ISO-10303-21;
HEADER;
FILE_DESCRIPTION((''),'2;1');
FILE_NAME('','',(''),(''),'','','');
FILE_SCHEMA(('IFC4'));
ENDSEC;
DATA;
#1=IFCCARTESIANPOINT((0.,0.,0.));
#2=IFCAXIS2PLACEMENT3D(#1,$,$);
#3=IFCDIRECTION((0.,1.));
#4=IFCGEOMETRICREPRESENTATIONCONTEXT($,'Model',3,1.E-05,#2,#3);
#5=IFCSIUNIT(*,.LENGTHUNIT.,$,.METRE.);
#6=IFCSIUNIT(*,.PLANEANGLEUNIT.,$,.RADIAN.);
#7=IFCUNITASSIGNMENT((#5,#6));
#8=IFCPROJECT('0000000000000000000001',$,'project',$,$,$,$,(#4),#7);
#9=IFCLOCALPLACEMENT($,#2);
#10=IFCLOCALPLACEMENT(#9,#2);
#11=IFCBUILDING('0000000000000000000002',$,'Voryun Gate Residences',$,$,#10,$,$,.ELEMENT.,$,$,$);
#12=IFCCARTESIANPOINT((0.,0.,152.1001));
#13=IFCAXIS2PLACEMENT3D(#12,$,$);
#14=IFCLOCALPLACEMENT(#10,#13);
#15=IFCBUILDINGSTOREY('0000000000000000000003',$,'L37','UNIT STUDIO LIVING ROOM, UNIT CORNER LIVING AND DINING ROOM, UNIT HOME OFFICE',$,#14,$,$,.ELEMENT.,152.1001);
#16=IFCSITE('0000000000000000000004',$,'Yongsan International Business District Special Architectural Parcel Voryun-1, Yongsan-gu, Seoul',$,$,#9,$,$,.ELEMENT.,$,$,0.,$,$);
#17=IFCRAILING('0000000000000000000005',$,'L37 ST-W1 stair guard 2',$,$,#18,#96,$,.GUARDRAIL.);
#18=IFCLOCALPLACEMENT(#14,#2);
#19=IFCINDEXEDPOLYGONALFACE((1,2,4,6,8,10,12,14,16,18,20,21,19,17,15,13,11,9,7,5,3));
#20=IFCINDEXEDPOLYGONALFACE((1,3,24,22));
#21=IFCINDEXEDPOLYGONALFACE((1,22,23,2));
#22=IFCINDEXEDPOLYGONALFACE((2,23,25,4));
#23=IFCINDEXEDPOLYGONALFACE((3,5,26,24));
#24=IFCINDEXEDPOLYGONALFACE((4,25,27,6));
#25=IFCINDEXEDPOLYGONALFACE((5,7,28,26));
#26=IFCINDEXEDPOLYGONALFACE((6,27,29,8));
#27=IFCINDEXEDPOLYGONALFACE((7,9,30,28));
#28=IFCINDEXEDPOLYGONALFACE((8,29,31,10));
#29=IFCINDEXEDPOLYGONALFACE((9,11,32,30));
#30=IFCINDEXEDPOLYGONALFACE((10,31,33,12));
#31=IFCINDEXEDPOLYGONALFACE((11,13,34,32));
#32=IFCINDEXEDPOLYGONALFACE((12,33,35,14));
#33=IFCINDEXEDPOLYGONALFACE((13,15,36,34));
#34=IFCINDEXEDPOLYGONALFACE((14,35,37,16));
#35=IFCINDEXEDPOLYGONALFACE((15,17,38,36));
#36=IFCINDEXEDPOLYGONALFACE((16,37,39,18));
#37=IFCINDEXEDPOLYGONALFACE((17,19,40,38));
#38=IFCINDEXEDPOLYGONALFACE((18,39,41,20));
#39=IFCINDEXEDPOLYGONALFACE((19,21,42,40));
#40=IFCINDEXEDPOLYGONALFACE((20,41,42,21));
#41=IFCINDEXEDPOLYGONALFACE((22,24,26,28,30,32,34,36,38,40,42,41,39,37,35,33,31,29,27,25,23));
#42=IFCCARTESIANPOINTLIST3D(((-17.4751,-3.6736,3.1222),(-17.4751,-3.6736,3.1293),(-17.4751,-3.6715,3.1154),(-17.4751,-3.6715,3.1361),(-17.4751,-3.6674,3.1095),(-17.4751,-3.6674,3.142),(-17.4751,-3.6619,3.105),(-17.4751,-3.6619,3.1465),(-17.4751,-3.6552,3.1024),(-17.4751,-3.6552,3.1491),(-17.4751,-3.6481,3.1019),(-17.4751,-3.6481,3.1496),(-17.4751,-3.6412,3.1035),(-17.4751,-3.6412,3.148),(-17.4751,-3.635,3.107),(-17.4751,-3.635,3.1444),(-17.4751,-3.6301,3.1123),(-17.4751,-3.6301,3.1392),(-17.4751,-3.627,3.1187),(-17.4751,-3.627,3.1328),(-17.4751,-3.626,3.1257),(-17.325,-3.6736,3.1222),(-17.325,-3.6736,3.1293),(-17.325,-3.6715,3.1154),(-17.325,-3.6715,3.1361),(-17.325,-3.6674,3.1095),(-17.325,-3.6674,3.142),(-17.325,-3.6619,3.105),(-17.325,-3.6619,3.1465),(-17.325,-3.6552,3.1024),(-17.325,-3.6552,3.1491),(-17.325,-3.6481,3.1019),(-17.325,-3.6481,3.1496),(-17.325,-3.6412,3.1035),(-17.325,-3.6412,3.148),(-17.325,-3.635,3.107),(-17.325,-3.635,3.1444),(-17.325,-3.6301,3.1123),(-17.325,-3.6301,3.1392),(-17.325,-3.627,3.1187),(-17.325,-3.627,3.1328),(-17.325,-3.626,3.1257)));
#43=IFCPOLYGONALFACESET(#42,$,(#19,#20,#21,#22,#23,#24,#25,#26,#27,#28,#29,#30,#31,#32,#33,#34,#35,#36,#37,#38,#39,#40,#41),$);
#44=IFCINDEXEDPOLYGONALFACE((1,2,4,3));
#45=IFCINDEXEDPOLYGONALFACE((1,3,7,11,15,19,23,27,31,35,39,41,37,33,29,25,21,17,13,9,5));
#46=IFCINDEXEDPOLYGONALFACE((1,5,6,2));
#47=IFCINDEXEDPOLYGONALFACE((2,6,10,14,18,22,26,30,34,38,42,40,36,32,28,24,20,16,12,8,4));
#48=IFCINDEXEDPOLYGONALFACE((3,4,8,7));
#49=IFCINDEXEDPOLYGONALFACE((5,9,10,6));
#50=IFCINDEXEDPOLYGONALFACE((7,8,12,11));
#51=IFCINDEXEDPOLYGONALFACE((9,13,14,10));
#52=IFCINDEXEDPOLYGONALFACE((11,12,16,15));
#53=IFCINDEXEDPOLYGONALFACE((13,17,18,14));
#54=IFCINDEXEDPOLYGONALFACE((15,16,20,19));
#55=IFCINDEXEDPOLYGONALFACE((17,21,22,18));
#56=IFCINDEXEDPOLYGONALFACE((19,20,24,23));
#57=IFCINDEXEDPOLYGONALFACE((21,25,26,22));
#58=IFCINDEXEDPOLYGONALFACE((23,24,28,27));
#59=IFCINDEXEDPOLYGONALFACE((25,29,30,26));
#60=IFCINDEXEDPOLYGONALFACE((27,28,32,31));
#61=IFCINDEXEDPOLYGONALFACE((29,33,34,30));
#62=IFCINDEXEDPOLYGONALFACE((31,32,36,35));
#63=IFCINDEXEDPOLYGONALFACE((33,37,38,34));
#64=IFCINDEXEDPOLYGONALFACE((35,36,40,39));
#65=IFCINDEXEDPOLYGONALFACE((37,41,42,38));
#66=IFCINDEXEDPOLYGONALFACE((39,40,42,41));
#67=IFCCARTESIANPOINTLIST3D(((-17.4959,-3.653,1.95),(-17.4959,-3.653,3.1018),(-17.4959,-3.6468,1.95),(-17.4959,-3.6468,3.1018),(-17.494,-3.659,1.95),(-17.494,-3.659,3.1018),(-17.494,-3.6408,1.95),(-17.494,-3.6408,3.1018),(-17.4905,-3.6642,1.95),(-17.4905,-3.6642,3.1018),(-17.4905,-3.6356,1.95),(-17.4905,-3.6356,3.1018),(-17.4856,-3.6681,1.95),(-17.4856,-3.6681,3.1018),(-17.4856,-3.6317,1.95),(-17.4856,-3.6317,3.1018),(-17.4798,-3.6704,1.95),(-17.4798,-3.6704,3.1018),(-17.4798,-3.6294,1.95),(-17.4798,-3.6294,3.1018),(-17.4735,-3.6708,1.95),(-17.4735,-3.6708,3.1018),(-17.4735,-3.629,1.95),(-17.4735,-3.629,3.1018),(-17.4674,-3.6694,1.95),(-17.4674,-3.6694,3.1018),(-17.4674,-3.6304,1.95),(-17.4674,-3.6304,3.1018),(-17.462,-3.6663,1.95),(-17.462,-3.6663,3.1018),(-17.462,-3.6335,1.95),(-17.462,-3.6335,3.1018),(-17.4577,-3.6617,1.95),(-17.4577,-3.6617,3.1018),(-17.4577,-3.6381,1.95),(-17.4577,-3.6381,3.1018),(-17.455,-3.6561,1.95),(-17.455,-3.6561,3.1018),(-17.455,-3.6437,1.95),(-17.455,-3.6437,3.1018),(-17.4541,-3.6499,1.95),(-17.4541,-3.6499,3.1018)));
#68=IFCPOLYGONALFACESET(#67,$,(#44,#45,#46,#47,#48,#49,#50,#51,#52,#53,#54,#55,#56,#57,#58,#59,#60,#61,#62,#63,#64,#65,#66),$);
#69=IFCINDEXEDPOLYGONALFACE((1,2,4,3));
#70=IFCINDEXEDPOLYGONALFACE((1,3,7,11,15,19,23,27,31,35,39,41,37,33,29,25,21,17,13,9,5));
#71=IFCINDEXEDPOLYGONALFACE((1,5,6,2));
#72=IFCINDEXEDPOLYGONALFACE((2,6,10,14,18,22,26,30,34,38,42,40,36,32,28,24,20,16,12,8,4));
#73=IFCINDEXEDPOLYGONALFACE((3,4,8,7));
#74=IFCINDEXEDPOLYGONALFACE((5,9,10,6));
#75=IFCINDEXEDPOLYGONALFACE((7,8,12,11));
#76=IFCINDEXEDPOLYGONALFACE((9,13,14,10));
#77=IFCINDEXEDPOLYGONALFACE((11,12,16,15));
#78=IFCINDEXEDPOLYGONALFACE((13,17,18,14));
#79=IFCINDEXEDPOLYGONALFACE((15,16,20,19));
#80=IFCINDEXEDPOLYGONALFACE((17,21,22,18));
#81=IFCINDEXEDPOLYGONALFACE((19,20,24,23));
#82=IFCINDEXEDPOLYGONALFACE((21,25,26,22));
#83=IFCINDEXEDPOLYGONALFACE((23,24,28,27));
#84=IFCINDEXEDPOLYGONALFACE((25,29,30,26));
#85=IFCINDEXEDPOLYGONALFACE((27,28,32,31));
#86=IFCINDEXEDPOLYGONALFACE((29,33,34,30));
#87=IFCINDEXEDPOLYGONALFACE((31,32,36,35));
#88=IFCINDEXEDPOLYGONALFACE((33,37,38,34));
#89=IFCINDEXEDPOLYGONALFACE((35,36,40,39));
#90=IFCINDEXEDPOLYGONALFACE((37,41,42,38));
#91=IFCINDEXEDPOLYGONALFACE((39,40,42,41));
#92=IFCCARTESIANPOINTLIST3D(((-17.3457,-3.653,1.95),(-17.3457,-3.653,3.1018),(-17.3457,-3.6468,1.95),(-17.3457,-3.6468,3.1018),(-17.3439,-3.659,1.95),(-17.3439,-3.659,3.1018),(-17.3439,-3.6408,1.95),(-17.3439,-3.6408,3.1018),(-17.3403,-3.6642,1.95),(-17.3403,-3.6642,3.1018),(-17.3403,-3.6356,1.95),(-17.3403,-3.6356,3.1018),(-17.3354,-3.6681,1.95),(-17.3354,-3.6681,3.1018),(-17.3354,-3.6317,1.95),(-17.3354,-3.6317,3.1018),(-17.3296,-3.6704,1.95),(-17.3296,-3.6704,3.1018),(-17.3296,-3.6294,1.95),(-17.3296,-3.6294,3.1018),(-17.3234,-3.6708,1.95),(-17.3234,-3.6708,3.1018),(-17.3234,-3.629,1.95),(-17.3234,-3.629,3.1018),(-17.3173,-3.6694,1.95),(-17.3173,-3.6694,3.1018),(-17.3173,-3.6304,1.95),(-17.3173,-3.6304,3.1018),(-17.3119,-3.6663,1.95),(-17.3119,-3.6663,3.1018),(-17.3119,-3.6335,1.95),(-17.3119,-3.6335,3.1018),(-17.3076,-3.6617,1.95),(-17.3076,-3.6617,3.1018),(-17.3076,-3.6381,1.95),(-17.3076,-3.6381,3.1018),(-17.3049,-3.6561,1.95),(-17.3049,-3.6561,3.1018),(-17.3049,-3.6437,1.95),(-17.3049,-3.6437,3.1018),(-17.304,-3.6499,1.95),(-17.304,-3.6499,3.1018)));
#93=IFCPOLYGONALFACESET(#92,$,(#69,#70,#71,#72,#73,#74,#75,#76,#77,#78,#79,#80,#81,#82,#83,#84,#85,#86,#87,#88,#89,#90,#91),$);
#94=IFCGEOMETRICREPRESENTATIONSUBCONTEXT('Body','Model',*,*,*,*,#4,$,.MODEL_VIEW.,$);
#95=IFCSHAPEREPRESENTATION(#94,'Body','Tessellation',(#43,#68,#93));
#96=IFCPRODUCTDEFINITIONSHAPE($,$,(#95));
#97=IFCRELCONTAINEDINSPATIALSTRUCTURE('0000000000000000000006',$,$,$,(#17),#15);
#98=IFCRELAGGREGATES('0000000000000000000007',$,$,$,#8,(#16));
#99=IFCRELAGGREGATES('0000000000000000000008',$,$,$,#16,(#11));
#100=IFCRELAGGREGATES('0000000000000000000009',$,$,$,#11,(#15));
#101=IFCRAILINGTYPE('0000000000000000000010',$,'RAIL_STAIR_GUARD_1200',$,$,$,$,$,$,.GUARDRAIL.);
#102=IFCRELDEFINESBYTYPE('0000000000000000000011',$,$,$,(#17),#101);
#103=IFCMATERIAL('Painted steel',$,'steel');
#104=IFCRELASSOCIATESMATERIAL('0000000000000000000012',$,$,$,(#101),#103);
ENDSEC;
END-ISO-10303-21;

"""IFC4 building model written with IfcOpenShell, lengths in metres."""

from ifc_helpers import new_model, si_unit, direction, frame, origin, origin_2d, place, context, subcontext, project, spatial, circle, extrude, material, type_object, element, save


model = new_model("IFC4")

# Units and contexts
model_context = context("Model", 3, precision=1e-05, world=origin(), true_north=direction((0.0, 1.0)))
body_context = subcontext(model_context, "Body", "Model", "MODEL_VIEW")
ifc_project = project(units=[si_unit("LENGTHUNIT", "METRE"), si_unit("PLANEANGLEUNIT", "RADIAN")], contexts=[model_context])

# Site, building, storey
site_placement = place(None, origin())
site = spatial("IfcSite", under=ifc_project, at=site_placement, Name="Yongsan International Business District Special Architectural Parcel Voryun-1, Yongsan-gu, Seoul", CompositionType="ELEMENT", RefElevation=0.0)
building_placement = place(site_placement, origin())
building = spatial("IfcBuilding", under=site, at=building_placement, Name="Voryun Gate Residences", CompositionType="ELEMENT")
storey_placement = place(building_placement, frame((0.0, 0.0, 152.1001)))
storey = spatial("IfcBuildingStorey", under=building, at=storey_placement, Name="L37", Description="UNIT STUDIO LIVING ROOM, UNIT CORNER LIVING AND DINING ROOM, UNIT HOME OFFICE", CompositionType="ELEMENT", Elevation=152.1001)

# Railing
ifc_material_1 = material(Name="Painted steel", Category="steel")
railing_type_1 = type_object("IfcRailingType", Name="RAIL_STAIR_GUARD_1200", PredefinedType="GUARDRAIL", material=ifc_material_1)
railing_1_placement = place(storey_placement, frame((-17.4751, -3.6499, 1.95)))
element("IfcRailing", 1, at=railing_1_placement, inside=storey, type_object=railing_type_1, Name="L37 ST-W1 stair guard 2", PredefinedType="GUARDRAIL", context=body_context, shape_type="SweptSolid", body=[
    extrude(circle(Radius=0.0239, at=origin_2d()), frame((0.0, 0.0, 1.1758), z_axis=(1.0, 0.0, 0.0), x_axis=(0.0, 1.0, 0.0)), (0.0, 0.0, 1.0), 0.1501),
    extrude(circle(Radius=0.021, at=origin_2d()), origin(), (0.0, 0.0, 1.0), 1.1519),
    extrude(circle(Radius=0.021, at=origin_2d()), frame((0.1501, 0.0, 0.0)), (0.0, 0.0, 1.0), 1.1519),
])

save(model, "model.ifc")
